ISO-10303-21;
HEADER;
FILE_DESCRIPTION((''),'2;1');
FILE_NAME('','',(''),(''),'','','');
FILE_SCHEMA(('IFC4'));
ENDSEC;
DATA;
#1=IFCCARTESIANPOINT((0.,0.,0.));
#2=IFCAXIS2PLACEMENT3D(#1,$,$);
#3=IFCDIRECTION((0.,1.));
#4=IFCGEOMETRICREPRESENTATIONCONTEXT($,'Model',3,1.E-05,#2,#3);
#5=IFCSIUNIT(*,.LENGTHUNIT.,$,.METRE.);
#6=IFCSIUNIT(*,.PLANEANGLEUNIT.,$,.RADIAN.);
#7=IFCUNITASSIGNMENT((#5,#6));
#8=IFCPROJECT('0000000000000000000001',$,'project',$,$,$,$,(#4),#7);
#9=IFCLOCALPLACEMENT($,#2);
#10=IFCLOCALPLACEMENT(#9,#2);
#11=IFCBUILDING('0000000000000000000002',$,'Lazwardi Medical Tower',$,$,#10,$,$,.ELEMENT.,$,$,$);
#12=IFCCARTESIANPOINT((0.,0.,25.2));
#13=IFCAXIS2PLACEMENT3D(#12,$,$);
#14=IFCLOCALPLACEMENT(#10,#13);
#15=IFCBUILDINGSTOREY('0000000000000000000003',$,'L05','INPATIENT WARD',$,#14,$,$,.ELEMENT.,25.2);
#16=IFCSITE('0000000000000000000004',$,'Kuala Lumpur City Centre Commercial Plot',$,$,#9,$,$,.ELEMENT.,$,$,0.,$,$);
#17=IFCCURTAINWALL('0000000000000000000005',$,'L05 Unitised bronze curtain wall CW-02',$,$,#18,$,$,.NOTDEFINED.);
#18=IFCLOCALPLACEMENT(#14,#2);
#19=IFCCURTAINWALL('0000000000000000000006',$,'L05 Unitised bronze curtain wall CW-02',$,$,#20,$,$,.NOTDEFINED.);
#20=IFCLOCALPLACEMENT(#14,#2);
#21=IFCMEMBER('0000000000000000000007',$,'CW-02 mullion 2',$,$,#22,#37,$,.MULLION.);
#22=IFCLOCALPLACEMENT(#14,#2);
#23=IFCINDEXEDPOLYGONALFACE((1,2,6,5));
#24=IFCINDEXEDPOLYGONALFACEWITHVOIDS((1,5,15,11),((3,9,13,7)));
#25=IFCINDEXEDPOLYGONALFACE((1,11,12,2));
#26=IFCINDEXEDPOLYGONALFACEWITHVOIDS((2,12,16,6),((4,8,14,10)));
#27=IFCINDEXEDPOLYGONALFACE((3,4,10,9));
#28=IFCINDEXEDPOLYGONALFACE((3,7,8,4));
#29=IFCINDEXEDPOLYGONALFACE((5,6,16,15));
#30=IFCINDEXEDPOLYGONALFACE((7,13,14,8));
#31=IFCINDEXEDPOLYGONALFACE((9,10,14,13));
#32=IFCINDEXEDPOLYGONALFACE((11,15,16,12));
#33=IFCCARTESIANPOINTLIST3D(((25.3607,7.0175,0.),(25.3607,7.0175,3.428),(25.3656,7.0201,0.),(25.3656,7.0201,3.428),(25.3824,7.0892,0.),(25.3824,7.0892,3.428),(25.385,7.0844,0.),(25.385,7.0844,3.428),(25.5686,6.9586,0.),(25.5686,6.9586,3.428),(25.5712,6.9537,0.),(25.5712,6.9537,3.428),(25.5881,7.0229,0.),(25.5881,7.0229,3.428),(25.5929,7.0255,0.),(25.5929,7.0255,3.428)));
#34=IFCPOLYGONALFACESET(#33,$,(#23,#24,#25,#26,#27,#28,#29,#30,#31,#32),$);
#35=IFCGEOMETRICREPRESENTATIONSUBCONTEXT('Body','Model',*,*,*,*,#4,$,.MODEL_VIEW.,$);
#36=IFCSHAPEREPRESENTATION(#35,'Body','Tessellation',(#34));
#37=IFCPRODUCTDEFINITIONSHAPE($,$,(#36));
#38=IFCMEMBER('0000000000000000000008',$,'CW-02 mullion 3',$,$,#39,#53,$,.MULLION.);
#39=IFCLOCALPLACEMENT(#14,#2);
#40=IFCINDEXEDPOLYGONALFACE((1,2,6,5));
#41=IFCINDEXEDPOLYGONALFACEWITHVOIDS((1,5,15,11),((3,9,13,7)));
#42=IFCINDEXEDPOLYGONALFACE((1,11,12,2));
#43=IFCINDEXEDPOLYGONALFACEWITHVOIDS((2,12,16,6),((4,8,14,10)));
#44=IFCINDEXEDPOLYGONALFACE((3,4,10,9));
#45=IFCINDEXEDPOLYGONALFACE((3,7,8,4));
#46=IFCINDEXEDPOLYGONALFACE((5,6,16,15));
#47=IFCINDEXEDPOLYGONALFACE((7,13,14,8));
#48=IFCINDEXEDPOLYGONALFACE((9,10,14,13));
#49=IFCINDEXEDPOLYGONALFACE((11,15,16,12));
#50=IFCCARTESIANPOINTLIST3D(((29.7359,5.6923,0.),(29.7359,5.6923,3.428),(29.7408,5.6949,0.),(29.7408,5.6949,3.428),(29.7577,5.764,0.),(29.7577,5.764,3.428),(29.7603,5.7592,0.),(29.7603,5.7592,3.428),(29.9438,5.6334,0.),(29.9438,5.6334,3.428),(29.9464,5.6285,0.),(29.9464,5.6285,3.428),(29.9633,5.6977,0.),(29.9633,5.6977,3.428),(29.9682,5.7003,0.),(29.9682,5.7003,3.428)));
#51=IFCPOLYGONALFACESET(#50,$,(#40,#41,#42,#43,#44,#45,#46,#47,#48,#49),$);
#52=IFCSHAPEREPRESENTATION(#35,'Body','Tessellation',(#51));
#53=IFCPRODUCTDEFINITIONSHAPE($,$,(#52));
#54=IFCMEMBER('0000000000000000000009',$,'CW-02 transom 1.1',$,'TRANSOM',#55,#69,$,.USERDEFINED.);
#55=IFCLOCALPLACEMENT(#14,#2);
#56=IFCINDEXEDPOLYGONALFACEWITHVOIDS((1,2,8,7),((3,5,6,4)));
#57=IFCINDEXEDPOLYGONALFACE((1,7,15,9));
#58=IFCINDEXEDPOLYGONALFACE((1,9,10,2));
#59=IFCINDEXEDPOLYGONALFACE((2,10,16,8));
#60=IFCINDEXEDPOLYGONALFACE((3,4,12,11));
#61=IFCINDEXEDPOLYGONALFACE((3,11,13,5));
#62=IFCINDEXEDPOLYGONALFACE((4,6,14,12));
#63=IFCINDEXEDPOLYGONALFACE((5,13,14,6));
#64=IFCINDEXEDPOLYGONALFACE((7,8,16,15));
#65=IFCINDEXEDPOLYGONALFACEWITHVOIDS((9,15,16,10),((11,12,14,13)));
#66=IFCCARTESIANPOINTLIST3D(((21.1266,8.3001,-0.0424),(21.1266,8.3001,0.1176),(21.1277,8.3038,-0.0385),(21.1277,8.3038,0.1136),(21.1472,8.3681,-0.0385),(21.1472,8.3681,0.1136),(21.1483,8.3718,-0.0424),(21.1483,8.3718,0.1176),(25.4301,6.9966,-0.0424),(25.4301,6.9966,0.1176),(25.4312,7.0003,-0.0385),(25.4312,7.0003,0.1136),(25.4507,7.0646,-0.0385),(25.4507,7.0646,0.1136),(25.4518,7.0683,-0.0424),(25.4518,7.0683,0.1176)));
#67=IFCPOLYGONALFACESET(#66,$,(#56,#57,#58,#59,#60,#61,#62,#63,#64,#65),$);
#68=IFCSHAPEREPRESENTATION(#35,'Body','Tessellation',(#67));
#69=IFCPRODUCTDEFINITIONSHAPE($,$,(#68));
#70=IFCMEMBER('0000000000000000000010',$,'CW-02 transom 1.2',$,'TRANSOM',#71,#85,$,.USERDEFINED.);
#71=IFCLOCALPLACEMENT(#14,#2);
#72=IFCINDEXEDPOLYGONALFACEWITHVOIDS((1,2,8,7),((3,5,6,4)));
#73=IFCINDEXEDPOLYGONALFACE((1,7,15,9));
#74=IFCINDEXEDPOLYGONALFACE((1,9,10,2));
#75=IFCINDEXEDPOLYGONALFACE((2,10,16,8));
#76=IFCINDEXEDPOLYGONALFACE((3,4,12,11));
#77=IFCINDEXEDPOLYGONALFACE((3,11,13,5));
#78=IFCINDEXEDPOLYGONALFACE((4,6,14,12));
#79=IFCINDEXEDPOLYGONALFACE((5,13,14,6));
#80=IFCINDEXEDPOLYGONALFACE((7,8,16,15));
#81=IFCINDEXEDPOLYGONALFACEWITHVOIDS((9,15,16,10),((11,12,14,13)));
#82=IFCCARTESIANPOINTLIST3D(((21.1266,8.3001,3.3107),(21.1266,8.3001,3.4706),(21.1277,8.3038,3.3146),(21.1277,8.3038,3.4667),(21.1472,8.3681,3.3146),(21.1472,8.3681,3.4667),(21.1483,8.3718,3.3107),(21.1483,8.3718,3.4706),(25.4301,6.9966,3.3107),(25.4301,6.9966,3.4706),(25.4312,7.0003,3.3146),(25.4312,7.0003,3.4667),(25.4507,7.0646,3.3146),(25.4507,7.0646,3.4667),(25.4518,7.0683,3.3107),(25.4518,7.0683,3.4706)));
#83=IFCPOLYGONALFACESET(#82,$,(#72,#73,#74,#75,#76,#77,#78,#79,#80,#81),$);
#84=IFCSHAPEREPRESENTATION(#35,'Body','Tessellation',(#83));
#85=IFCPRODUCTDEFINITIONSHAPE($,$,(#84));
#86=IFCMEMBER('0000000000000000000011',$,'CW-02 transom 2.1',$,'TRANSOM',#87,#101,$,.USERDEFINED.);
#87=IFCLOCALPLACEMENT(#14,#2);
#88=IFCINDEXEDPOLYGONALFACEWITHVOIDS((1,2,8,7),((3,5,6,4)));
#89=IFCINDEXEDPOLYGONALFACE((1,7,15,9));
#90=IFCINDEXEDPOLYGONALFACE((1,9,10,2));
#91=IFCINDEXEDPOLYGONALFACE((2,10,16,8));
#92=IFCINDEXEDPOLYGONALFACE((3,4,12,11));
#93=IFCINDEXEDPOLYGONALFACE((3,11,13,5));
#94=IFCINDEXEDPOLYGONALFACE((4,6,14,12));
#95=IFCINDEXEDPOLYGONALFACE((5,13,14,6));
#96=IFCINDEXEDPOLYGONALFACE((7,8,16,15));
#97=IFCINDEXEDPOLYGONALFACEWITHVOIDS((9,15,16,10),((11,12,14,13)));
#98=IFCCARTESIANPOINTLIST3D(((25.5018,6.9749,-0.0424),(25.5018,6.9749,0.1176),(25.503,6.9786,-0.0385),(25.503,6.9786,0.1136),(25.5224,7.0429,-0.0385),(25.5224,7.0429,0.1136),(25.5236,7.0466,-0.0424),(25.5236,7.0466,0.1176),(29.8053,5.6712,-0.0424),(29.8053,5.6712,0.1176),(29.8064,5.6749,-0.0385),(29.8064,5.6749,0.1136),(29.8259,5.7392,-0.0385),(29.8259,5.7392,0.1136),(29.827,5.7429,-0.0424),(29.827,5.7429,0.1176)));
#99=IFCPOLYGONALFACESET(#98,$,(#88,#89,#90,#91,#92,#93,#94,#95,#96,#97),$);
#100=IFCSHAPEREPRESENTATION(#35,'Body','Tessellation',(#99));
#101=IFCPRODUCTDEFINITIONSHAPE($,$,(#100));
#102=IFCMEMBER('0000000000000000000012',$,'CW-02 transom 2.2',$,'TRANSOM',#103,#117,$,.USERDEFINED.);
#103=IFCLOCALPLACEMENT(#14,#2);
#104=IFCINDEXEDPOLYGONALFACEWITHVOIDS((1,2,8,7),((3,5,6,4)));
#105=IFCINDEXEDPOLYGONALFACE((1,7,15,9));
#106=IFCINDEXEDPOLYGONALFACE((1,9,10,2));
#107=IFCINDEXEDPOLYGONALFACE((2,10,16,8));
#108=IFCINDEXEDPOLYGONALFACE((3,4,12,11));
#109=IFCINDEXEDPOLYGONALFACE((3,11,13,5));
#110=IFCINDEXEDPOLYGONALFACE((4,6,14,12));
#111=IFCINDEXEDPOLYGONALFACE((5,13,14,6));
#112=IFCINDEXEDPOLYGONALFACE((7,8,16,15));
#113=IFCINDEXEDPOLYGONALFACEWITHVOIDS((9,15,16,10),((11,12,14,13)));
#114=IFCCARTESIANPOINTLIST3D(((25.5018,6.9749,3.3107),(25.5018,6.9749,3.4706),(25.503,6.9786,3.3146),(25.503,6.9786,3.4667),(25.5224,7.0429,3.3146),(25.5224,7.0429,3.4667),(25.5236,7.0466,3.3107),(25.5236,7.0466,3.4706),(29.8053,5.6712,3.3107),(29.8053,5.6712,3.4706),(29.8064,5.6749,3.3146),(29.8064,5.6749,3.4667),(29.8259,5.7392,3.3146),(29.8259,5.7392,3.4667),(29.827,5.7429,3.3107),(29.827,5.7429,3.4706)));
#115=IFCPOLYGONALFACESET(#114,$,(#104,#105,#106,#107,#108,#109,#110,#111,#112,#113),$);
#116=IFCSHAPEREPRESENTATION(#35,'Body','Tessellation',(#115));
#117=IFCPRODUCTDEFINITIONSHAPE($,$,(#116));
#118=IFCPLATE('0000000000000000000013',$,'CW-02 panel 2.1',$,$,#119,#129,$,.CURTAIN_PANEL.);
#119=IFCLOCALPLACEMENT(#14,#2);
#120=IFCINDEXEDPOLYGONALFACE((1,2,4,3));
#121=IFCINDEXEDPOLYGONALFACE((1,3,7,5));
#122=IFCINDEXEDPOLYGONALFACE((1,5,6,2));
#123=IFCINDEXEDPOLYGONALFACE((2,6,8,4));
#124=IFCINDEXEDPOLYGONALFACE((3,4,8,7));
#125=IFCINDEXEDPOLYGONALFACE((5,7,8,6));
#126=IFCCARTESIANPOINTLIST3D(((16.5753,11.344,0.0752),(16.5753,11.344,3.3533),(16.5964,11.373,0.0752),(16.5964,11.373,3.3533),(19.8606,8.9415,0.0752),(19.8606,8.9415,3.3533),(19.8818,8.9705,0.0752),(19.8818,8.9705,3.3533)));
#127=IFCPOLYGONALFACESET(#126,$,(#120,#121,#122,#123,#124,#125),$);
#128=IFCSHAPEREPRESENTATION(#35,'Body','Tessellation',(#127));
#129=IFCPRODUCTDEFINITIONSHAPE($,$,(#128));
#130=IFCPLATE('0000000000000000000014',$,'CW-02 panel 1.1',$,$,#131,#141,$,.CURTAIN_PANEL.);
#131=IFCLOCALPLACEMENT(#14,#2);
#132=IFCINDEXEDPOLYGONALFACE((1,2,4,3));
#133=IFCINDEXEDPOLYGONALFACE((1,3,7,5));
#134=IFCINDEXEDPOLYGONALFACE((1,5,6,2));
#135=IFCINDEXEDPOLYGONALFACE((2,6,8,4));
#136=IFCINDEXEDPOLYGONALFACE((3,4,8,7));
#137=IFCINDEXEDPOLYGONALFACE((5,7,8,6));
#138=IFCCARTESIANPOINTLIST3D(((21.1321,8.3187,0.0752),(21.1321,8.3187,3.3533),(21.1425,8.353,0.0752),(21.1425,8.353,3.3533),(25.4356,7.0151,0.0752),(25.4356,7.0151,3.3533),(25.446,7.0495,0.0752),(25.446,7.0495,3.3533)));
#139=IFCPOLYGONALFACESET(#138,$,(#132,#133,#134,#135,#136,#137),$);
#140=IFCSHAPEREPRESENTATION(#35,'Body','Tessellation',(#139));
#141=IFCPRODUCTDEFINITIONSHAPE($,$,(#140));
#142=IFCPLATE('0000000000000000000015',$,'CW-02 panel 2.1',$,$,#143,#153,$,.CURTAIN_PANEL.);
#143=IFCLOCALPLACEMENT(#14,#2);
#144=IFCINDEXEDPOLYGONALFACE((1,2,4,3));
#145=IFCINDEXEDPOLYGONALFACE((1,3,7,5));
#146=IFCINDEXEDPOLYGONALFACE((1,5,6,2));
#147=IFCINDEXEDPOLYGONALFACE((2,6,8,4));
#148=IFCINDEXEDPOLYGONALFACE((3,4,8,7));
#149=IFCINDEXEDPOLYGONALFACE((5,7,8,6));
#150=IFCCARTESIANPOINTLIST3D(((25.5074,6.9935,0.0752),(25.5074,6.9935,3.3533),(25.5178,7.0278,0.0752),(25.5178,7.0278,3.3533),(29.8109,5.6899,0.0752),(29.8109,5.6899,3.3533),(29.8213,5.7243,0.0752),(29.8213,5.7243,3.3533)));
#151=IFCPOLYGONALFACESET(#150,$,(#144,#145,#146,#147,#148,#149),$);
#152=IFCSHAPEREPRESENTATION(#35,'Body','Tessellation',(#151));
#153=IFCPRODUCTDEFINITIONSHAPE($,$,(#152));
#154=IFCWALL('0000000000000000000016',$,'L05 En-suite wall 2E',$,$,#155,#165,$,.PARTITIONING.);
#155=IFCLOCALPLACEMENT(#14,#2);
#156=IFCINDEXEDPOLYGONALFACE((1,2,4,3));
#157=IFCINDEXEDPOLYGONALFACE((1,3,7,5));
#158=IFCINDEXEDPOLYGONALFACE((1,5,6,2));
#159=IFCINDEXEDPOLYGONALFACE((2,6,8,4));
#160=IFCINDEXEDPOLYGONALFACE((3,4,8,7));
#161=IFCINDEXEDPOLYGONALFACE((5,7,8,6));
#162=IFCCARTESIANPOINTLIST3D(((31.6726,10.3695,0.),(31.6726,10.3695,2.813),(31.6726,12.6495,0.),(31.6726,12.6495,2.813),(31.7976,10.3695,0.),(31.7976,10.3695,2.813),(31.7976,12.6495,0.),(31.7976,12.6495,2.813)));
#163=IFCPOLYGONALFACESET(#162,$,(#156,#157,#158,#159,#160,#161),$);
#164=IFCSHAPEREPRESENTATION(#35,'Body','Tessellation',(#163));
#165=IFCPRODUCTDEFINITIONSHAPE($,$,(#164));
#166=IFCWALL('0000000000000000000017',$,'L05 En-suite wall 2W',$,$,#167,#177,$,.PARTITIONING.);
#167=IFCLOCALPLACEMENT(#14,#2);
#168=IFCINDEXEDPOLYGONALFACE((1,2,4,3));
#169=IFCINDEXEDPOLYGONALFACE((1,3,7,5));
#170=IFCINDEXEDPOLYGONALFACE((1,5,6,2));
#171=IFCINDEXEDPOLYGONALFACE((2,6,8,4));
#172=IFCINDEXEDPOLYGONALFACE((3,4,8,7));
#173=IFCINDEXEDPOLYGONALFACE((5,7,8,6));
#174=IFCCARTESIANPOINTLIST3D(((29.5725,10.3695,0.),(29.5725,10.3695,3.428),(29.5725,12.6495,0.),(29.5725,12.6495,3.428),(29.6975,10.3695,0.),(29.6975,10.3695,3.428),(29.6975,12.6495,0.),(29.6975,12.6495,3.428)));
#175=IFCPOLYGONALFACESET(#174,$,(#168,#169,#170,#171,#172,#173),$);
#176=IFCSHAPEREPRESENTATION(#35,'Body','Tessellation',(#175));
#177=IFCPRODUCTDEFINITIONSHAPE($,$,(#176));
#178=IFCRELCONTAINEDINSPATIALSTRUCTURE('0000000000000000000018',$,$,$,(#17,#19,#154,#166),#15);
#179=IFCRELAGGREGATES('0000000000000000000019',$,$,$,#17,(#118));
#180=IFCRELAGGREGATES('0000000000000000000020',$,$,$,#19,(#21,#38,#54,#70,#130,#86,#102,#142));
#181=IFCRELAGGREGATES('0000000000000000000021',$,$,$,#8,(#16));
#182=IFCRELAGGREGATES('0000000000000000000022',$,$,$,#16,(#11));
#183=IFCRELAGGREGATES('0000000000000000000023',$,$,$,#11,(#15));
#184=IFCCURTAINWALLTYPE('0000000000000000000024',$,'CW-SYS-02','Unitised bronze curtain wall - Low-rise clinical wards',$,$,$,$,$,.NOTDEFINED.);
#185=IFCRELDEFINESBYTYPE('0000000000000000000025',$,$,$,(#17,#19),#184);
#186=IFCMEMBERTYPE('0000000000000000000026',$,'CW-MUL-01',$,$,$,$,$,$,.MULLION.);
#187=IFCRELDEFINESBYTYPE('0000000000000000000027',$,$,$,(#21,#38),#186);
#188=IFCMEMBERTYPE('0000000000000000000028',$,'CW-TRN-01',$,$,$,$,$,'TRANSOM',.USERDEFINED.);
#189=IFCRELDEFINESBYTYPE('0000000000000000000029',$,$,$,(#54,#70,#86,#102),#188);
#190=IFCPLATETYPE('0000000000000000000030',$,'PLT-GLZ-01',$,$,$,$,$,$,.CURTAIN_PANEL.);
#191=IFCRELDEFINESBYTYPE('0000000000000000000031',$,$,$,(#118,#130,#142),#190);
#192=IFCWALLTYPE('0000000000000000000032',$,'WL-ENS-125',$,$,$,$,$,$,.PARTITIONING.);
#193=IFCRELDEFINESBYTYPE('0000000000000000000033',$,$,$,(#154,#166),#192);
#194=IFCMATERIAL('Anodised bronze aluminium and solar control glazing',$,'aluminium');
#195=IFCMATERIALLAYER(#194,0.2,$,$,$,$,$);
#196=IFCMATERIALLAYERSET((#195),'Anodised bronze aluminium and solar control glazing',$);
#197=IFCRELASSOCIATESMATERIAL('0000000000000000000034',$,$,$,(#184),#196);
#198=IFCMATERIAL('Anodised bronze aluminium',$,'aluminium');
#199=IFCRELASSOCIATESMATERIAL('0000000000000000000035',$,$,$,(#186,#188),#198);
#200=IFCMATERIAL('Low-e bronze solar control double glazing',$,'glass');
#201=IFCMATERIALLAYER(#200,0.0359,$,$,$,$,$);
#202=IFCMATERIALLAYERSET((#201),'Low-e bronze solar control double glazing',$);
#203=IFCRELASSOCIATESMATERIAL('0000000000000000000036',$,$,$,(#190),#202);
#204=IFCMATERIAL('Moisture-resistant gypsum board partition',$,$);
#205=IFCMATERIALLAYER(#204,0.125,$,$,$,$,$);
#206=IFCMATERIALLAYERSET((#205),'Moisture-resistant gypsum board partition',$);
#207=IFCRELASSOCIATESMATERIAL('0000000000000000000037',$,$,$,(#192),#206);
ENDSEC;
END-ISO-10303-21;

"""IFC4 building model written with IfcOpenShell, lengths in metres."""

from ifc_helpers import new_model, si_unit, direction, frame, frame_2d, origin, origin_2d, place, context, subcontext, project, spatial, rectangle, hollow_rectangle, extrude, material, layer, layer_set, material_profile, profile_set, type_object, element, aggregate, save


model = new_model("IFC4")

# Units and contexts
model_context = context("Model", 3, precision=1e-05, world=origin(), true_north=direction((0.0, 1.0)))
body_context = subcontext(model_context, "Body", "Model", "MODEL_VIEW")
ifc_project = project(units=[si_unit("LENGTHUNIT", "METRE"), si_unit("PLANEANGLEUNIT", "RADIAN")], contexts=[model_context])

# Site, building, storey
site_placement = place(None, origin())
site = spatial("IfcSite", under=ifc_project, at=site_placement, Name="Kuala Lumpur City Centre Commercial Plot", CompositionType="ELEMENT", RefElevation=0.0)
building_placement = place(site_placement, origin())
building = spatial("IfcBuilding", under=site, at=building_placement, Name="Lazwardi Medical Tower", CompositionType="ELEMENT")
storey_placement = place(building_placement, frame((0.0, 0.0, 25.2)))
storey = spatial("IfcBuildingStorey", under=building, at=storey_placement, Name="L05", Description="INPATIENT WARD", CompositionType="ELEMENT", Elevation=25.2)

# Curtain wall
ifc_material_1 = material(Name="Anodised bronze aluminium and solar control glazing", Category="aluminium")
ifc_layer_1 = layer(ifc_material_1, 0.2)
ifc_layer_set_1 = layer_set([ifc_layer_1], Name="Anodised bronze aluminium and solar control glazing")
curtain_wall_type = type_object("IfcCurtainWallType", Name="CW-SYS-02", Description="Unitised bronze curtain wall - Low-rise clinical wards", PredefinedType="NOTDEFINED", material=ifc_layer_set_1)
curtain_wall_1_placement = place(storey_placement, origin())
curtain_wall_1 = element("IfcCurtainWall", 1, at=curtain_wall_1_placement, inside=storey, type_object=curtain_wall_type, Name="L05 Unitised bronze curtain wall CW-02", PredefinedType="NOTDEFINED")
ifc_material_2 = material(Name="Anodised bronze aluminium", Category="aluminium")
ifc_material_profile_1 = material_profile(ifc_material_2, hollow_rectangle(XDim=0.075, YDim=0.22, WallThickness=0.0039, at=origin_2d()), Name="ALU-MULLION 220x75x4")
ifc_profile_set_1 = profile_set([ifc_material_profile_1], Name="Anodised bronze aluminium")
member_type_1 = type_object("IfcMemberType", Name="CW-MUL-01", PredefinedType="MULLION", material=ifc_profile_set_1)

# Curtain wall, members
curtain_wall_2_placement = place(storey_placement, origin())
curtain_wall_2 = element("IfcCurtainWall", 2, at=curtain_wall_2_placement, inside=storey, type_object=curtain_wall_type, Name="L05 Unitised bronze curtain wall CW-02", PredefinedType="NOTDEFINED")
member_1_placement = place(storey_placement, frame((25.4768, 7.0215, 0.0), z_axis=(0.0, 0.0, 1.0), x_axis=(0.289896, 0.957058, 0.0)))
member_1 = element("IfcMember", 3, at=member_1_placement, type_object=member_type_1, Name="CW-02 mullion 2", PredefinedType="MULLION", context=body_context, shape_type="SweptSolid", body=[
    extrude(hollow_rectangle(XDim=0.075, YDim=0.22, WallThickness=0.0039, at=origin_2d()), origin(), (0.0, 0.0, 1.0), 3.428),
])
member_2_placement = place(storey_placement, frame((29.8521, 5.6963, 0.0), z_axis=(0.0, 0.0, 1.0), x_axis=(0.289896, 0.957058, 0.0)))
member_2 = element("IfcMember", 4, at=member_2_placement, type_object=member_type_1, Name="CW-02 mullion 3", PredefinedType="MULLION", context=body_context, shape_type="SweptSolid", body=[
    extrude(hollow_rectangle(XDim=0.075, YDim=0.22, WallThickness=0.0039, at=origin_2d()), origin(), (0.0, 0.0, 1.0), 3.428),
])
ifc_material_profile_2 = material_profile(ifc_material_2, hollow_rectangle(XDim=0.075, YDim=0.1599, WallThickness=0.0039, at=origin_2d()), Name="ALU-TRANSOM 160x75x4")
ifc_profile_set_2 = profile_set([ifc_material_profile_2], Name="Anodised bronze aluminium")
member_type_2 = type_object("IfcMemberType", Name="CW-TRN-01", ElementType="TRANSOM", PredefinedType="USERDEFINED", material=ifc_profile_set_2)
member_3_placement = place(storey_placement, frame((21.1375, 8.3359, 0.0376), z_axis=(0.957062, -0.289882, 0.0), x_axis=(0.289882, 0.957062, 0.0)))
member_3 = element("IfcMember", 5, at=member_3_placement, type_object=member_type_2, Name="CW-02 transom 1.1", ObjectType="TRANSOM", PredefinedType="USERDEFINED", context=body_context, shape_type="SweptSolid", body=[
    extrude(hollow_rectangle(XDim=0.075, YDim=0.1599, WallThickness=0.0039, at=origin_2d()), origin(), (0.0, 0.0, 1.0), 4.4966),
])
member_4_placement = place(storey_placement, frame((21.1375, 8.3359, 3.3906), z_axis=(0.957062, -0.289882, 0.0), x_axis=(0.289882, 0.957062, 0.0)))
member_4 = element("IfcMember", 6, at=member_4_placement, type_object=member_type_2, Name="CW-02 transom 1.2", ObjectType="TRANSOM", PredefinedType="USERDEFINED", context=body_context, shape_type="SweptSolid", body=[
    extrude(hollow_rectangle(XDim=0.075, YDim=0.1599, WallThickness=0.0039, at=origin_2d()), origin(), (0.0, 0.0, 1.0), 4.4966),
])
member_5_placement = place(storey_placement, frame((25.5127, 7.0107, 0.0376), z_axis=(0.957047, -0.289932, 0.0), x_axis=(0.289932, 0.957047, 0.0)))
member_5 = element("IfcMember", 7, at=member_5_placement, type_object=member_type_2, Name="CW-02 transom 2.1", ObjectType="TRANSOM", PredefinedType="USERDEFINED", context=body_context, shape_type="SweptSolid", body=[
    extrude(hollow_rectangle(XDim=0.075, YDim=0.1599, WallThickness=0.0039, at=origin_2d()), origin(), (0.0, 0.0, 1.0), 4.4966),
])
member_6_placement = place(storey_placement, frame((25.5127, 7.0107, 3.3906), z_axis=(0.957047, -0.289932, 0.0), x_axis=(0.289932, 0.957047, 0.0)))
member_6 = element("IfcMember", 8, at=member_6_placement, type_object=member_type_2, Name="CW-02 transom 2.2", ObjectType="TRANSOM", PredefinedType="USERDEFINED", context=body_context, shape_type="SweptSolid", body=[
    extrude(hollow_rectangle(XDim=0.075, YDim=0.1599, WallThickness=0.0039, at=origin_2d()), origin(), (0.0, 0.0, 1.0), 4.4966),
])

# Plates
ifc_material_3 = material(Name="Low-e bronze solar control double glazing", Category="glass")
ifc_layer_2 = layer(ifc_material_3, 0.0359)
ifc_layer_set_2 = layer_set([ifc_layer_2], Name="Low-e bronze solar control double glazing")
plate_type = type_object("IfcPlateType", Name="PLT-GLZ-01", PredefinedType="CURTAIN_PANEL", material=ifc_layer_set_2)
plate_1_placement = place(storey_placement, frame((18.2285, 10.1572, 0.0752), z_axis=(0.0, 0.0, 1.0), x_axis=(0.807192, -0.590289, 0.0)))
plate_1 = element("IfcPlate", 9, at=plate_1_placement, type_object=plate_type, Name="CW-02 panel 2.1", PredefinedType="CURTAIN_PANEL", context=body_context, shape_type="SweptSolid", body=[
    extrude(rectangle(XDim=4.0701, YDim=0.0359, at=origin_2d()), origin(), (0.0, 0.0, 1.0), 3.2781),
])
aggregate(curtain_wall_1, [plate_1])
plate_2_placement = place(storey_placement, frame((23.2891, 7.6841, 0.0752), z_axis=(0.0, 0.0, 1.0), x_axis=(0.957058, -0.289896, 0.0)))
plate_2 = element("IfcPlate", 10, at=plate_2_placement, type_object=plate_type, Name="CW-02 panel 1.1", PredefinedType="CURTAIN_PANEL", context=body_context, shape_type="SweptSolid", body=[
    extrude(rectangle(XDim=4.4966, YDim=0.0359, at=origin_2d()), origin(), (0.0, 0.0, 1.0), 3.2781),
])
plate_3_placement = place(storey_placement, frame((27.6643, 6.3589, 0.0752), z_axis=(0.0, 0.0, 1.0), x_axis=(0.957058, -0.289896, 0.0)))
plate_3 = element("IfcPlate", 11, at=plate_3_placement, type_object=plate_type, Name="CW-02 panel 2.1", PredefinedType="CURTAIN_PANEL", context=body_context, shape_type="SweptSolid", body=[
    extrude(rectangle(XDim=4.4966, YDim=0.0359, at=origin_2d()), origin(), (0.0, 0.0, 1.0), 3.2781),
])
aggregate(curtain_wall_2, [member_1, member_2, member_3, member_4, plate_2, member_5, member_6, plate_3])

# Walls
ifc_material_4 = material(Name="Moisture-resistant gypsum board partition")
ifc_layer_3 = layer(ifc_material_4, 0.125)
ifc_layer_set_3 = layer_set([ifc_layer_3], Name="Moisture-resistant gypsum board partition")
wall_type_1 = type_object("IfcWallType", Name="WL-ENS-125", PredefinedType="PARTITIONING", material=ifc_layer_set_3)
wall_1_placement = place(storey_placement, frame((31.7351, 10.3694, 0.0), z_axis=(0.0, 0.0, 1.0), x_axis=(0.0, 1.0, 0.0)))
element("IfcWall", 12, at=wall_1_placement, inside=storey, type_object=wall_type_1, Name="L05 En-suite wall 2E", PredefinedType="PARTITIONING", context=body_context, shape_type="SweptSolid", body=[
    extrude(rectangle(XDim=2.28, YDim=0.125, at=frame_2d((1.1401, 0.0))), origin(), (0.0, 0.0, 1.0), 2.813),
])
wall_2_placement = place(storey_placement, frame((29.635, 10.3694, 0.0), z_axis=(0.0, 0.0, 1.0), x_axis=(0.0, 1.0, 0.0)))
element("IfcWall", 13, at=wall_2_placement, inside=storey, type_object=wall_type_1, Name="L05 En-suite wall 2W", PredefinedType="PARTITIONING", context=body_context, shape_type="SweptSolid", body=[
    extrude(rectangle(XDim=2.28, YDim=0.125, at=frame_2d((1.1401, 0.0))), origin(), (0.0, 0.0, 1.0), 3.428),
])

save(model, "model.ifc")
